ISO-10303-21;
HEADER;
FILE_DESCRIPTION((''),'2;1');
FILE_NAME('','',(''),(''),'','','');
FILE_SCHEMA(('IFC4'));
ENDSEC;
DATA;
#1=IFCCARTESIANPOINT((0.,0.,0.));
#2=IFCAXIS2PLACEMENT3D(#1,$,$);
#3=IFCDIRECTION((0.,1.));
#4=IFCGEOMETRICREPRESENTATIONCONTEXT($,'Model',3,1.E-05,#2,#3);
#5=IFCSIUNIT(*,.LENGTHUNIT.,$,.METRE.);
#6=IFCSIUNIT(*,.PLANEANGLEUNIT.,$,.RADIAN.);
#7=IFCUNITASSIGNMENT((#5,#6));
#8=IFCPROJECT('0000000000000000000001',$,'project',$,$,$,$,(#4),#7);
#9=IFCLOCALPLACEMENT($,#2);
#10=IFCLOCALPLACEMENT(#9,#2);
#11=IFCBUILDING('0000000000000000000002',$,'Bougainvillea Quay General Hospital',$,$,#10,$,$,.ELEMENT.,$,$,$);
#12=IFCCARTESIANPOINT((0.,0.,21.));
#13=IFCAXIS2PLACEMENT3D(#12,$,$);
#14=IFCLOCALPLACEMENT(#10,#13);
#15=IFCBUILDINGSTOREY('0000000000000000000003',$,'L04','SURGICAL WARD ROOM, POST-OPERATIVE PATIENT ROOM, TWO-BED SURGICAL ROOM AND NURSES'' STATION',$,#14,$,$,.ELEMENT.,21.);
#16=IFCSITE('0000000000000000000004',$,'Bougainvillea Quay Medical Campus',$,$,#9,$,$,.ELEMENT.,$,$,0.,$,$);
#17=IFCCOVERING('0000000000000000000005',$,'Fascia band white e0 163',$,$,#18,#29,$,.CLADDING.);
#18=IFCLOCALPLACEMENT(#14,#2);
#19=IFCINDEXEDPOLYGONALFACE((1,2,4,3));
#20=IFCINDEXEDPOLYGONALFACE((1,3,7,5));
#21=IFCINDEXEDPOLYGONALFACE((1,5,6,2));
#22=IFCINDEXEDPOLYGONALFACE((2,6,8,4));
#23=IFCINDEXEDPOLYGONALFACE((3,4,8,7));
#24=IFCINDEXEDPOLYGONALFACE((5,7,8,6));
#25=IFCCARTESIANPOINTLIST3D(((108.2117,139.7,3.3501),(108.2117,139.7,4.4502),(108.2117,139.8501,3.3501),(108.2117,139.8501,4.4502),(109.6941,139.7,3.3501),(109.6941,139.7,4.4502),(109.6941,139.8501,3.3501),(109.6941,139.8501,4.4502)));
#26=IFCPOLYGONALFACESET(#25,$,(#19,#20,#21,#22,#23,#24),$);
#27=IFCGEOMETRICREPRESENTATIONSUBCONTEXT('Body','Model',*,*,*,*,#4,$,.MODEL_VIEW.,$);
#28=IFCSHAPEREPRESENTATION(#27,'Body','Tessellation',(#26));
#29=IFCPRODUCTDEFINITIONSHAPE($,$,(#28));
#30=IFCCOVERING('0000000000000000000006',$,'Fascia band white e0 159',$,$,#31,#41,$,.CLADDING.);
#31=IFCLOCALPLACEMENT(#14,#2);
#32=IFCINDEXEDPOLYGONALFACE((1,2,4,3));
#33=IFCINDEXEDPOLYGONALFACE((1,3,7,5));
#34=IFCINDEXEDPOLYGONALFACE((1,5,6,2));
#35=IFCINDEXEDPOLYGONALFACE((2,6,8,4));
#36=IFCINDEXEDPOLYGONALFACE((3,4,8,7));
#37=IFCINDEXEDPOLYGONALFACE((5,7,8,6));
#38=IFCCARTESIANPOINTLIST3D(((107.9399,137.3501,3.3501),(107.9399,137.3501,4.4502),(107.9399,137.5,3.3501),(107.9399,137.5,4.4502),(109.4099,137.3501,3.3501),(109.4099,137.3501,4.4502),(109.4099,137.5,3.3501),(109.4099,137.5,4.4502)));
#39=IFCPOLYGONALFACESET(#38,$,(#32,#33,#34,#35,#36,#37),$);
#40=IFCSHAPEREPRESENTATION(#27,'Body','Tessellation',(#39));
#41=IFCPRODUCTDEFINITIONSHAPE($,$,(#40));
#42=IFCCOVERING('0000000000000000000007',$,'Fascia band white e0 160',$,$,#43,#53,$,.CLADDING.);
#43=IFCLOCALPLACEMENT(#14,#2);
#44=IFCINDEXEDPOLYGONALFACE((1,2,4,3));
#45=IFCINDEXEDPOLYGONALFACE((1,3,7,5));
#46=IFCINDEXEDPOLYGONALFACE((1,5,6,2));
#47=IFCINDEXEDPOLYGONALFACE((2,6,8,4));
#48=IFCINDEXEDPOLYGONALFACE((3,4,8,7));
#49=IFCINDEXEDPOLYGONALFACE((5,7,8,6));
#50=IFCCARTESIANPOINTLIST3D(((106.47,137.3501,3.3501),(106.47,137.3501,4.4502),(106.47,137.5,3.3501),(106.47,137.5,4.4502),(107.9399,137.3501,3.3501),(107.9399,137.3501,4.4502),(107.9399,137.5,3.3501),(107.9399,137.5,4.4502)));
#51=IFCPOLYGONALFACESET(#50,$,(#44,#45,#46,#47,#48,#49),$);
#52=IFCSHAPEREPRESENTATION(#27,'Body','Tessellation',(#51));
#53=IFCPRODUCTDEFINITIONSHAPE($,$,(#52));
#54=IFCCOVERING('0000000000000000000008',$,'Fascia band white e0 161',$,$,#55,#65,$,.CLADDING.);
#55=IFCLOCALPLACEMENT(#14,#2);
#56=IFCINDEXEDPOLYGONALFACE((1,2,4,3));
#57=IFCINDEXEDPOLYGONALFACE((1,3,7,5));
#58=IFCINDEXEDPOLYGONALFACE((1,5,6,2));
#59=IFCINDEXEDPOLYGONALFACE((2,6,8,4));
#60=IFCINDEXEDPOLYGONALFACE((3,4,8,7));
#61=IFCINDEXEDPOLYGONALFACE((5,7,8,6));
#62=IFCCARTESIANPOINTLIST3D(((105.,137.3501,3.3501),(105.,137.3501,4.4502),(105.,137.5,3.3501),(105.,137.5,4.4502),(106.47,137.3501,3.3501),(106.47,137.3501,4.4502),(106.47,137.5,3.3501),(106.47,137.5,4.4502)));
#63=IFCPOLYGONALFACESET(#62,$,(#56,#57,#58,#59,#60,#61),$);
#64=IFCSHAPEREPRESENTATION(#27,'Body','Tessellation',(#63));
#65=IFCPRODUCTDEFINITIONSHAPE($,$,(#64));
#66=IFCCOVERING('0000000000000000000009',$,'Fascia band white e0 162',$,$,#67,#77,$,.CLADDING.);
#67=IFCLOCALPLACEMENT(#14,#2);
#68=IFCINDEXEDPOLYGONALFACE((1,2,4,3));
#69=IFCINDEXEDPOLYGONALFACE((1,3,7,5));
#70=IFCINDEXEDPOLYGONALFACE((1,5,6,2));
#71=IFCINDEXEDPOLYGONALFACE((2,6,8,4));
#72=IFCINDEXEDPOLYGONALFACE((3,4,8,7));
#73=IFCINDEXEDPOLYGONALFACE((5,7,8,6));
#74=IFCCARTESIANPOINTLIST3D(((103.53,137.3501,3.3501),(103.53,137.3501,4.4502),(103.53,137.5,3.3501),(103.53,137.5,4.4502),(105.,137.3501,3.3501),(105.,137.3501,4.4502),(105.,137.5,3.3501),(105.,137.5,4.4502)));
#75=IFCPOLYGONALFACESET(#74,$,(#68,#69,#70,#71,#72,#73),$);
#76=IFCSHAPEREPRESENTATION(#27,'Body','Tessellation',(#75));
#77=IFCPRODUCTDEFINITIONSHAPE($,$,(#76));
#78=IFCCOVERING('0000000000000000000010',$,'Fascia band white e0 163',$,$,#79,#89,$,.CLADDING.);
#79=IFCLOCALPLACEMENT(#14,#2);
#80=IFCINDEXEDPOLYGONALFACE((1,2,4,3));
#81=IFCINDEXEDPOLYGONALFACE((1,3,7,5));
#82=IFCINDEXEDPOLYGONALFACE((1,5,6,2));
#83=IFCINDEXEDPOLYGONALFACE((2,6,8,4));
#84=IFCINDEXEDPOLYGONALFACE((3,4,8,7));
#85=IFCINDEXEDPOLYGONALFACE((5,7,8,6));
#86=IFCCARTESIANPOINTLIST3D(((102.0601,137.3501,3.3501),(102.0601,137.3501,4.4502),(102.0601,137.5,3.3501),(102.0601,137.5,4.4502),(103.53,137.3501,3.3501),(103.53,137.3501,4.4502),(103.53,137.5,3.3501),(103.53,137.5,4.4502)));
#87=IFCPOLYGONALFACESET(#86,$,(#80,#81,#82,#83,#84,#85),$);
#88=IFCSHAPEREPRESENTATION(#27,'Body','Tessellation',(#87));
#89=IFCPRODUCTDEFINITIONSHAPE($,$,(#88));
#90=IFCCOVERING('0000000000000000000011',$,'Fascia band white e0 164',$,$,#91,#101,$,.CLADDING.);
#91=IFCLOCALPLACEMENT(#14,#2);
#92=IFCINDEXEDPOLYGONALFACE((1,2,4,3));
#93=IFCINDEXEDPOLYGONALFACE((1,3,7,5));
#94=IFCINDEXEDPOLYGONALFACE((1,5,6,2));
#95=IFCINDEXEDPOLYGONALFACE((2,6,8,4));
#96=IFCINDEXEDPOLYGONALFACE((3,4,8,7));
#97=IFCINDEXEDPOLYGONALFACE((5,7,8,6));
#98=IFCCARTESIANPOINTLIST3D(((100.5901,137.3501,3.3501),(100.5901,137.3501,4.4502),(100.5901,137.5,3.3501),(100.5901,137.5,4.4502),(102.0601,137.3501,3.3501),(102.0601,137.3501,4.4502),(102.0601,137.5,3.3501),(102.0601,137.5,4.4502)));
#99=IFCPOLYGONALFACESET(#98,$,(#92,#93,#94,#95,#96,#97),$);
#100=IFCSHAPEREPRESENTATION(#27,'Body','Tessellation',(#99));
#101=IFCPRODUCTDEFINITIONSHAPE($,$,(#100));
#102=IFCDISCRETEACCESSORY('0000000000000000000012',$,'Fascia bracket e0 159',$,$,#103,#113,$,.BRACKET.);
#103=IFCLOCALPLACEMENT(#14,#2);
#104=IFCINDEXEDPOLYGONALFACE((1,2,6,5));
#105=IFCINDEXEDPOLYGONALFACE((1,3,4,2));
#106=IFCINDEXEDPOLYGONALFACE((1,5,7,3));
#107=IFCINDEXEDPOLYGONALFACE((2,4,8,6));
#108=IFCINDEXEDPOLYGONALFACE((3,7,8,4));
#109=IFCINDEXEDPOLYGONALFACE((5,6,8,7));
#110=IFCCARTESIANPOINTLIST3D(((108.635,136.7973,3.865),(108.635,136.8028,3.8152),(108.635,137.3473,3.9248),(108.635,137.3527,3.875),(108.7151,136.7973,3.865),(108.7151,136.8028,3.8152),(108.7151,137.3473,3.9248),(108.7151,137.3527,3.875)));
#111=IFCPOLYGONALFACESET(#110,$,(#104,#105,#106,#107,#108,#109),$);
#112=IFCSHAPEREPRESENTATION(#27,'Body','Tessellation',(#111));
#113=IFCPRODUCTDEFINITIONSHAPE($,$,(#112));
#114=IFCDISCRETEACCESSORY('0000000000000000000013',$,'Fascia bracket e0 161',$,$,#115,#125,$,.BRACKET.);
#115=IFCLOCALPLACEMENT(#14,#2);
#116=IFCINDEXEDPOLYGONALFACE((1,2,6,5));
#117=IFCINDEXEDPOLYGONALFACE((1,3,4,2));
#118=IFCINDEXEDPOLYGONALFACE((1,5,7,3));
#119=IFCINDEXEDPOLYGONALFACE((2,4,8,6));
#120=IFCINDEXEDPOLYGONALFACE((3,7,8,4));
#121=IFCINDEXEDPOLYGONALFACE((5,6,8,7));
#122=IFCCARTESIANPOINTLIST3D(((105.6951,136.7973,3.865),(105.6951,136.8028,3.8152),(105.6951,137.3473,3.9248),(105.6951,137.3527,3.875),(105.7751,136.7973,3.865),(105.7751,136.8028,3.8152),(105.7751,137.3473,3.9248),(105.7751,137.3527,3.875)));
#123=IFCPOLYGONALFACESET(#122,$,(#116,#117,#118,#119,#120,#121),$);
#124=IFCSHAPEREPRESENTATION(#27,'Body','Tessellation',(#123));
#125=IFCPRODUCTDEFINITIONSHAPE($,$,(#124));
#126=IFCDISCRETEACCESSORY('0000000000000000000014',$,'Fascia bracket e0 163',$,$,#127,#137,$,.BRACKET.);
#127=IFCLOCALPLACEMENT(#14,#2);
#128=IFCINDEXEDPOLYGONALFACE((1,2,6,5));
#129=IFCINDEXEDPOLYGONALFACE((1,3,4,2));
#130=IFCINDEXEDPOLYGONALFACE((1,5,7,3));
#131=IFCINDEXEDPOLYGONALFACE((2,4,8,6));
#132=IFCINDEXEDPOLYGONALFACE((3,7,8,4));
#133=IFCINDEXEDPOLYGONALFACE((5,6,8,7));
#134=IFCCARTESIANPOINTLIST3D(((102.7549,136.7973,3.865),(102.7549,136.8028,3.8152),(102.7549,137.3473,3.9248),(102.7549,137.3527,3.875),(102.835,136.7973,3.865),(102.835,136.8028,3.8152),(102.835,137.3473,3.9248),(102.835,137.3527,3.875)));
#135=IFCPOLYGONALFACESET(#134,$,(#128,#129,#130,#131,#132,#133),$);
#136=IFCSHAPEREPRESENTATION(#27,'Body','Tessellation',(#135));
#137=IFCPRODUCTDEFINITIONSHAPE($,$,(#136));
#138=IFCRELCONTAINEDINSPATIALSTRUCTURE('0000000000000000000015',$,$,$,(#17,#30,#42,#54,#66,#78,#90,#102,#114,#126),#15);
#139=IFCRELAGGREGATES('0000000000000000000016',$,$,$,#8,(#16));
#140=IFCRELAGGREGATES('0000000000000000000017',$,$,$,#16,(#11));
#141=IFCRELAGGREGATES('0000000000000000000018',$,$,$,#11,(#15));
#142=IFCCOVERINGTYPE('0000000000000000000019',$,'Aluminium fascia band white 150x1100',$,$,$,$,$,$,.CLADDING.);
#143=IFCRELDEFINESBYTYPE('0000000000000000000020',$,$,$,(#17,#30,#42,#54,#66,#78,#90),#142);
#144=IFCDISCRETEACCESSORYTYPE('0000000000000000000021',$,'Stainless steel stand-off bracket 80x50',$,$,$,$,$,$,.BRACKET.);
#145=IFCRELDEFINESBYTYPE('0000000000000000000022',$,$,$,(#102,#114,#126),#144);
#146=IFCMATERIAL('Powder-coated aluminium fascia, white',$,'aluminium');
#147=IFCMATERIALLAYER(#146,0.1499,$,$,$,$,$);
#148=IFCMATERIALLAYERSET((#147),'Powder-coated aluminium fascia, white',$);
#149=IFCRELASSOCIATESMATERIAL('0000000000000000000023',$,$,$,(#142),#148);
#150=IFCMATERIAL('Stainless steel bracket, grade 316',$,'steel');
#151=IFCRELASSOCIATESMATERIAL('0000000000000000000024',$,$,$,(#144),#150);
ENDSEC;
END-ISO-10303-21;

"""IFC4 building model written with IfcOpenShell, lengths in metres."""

from ifc_helpers import new_model, si_unit, direction, frame, origin, origin_2d, place, context, subcontext, project, spatial, polyline, rectangle, outline, extrude, material, layer, layer_set, material_profile, profile_set, type_object, element, save


model = new_model("IFC4")

# Units and contexts
model_context = context("Model", 3, precision=1e-05, world=origin(), true_north=direction((0.0, 1.0)))
body_context = subcontext(model_context, "Body", "Model", "MODEL_VIEW")
ifc_project = project(units=[si_unit("LENGTHUNIT", "METRE"), si_unit("PLANEANGLEUNIT", "RADIAN")], contexts=[model_context])

# Site, building, storey
site_placement = place(None, origin())
site = spatial("IfcSite", under=ifc_project, at=site_placement, Name="Bougainvillea Quay Medical Campus", CompositionType="ELEMENT", RefElevation=0.0)
building_placement = place(site_placement, origin())
building = spatial("IfcBuilding", under=site, at=building_placement, Name="Bougainvillea Quay General Hospital", CompositionType="ELEMENT")
storey_placement = place(building_placement, frame((0.0, 0.0, 21.0)))
storey = spatial("IfcBuildingStorey", under=building, at=storey_placement, Name="L04", Description="SURGICAL WARD ROOM, POST-OPERATIVE PATIENT ROOM, TWO-BED SURGICAL ROOM AND NURSES' STATION", CompositionType="ELEMENT", Elevation=21.0)

# Coverings
ifc_material_1 = material(Name="Powder-coated aluminium fascia, white", Category="aluminium")
ifc_layer_1 = layer(ifc_material_1, 0.1499)
ifc_layer_set_1 = layer_set([ifc_layer_1], Name="Powder-coated aluminium fascia, white")
covering_type = type_object("IfcCoveringType", Name="Aluminium fascia band white 150x1100", PredefinedType="CLADDING", material=ifc_layer_set_1)
covering_1_placement = place(storey_placement, frame((108.2117, 139.8501, 3.3501), z_axis=(0.0, 0.0, 1.0), x_axis=(1.0, 0.0, 0.0)))
element("IfcCovering", 1, at=covering_1_placement, inside=storey, type_object=covering_type, Name="Fascia band white e0 163", PredefinedType="CLADDING", context=body_context, shape_type="SweptSolid", body=[
    extrude(outline(polyline([(0.0, 0.0), (1.4824, 0.0), (1.4824, -0.1501), (0.0, -0.1501), (0.0, 0.0)])), origin(), (0.0, 0.0, 1.0), 1.1001),
])
for number, where, z_axis, x_axis, name in (
    (2, (109.4099, 137.3501, 3.3501), (0.0, 0.0, 1.0), (-1.0, 0.0, 0.0), "Fascia band white e0 159"),
    (3, (107.9399, 137.3501, 3.3501), (0.0, 0.0, 1.0), (-1.0, 0.0, 0.0), "Fascia band white e0 160"),
    (4, (106.47, 137.3501, 3.3501), (0.0, 0.0, 1.0), (-1.0, 0.0, 0.0), "Fascia band white e0 161"),
    (5, (105.0, 137.3501, 3.3501), (0.0, 0.0, 1.0), (-1.0, 0.0, 0.0), "Fascia band white e0 162"),
    (6, (103.53, 137.3501, 3.3501), (0.0, 0.0, 1.0), (-1.0, 0.0, 0.0), "Fascia band white e0 163"),
    (7, (102.0601, 137.3501, 3.3501), (0.0, 0.0, 1.0), (-1.0, 0.0, 0.0), "Fascia band white e0 164"),
):
    element("IfcCovering", number, at=place(storey_placement, frame(where, z_axis=z_axis, x_axis=x_axis)), inside=storey, type_object=covering_type, Name=name, PredefinedType="CLADDING", context=body_context, shape_type="SweptSolid", body=[
        extrude(outline(polyline([(0.0, 0.0), (1.47, 0.0), (1.47, -0.1499), (0.0, -0.1499), (0.0, 0.0)])), origin(), (0.0, 0.0, 1.0), 1.1001),
    ])

# Discrete accessories
ifc_material_2 = material(Name="Stainless steel bracket, grade 316", Category="steel")
ifc_material_profile_1 = material_profile(ifc_material_2, rectangle(XDim=0.0801, YDim=0.05, at=origin_2d()))
ifc_profile_set_1 = profile_set([ifc_material_profile_1], Name="Stainless steel bracket, grade 316")
discrete_accessory_type = type_object("IfcDiscreteAccessoryType", Name="Stainless steel stand-off bracket 80x50", PredefinedType="BRACKET", material=ifc_profile_set_1)
for number, where, z_axis, x_axis, name in (
    (8, (108.675, 136.8, 3.8401), (0.0, 0.994139, 0.108107), (-1.0, 0.0, 0.0), "Fascia bracket e0 159"),
    (9, (105.7351, 136.8, 3.8401), (0.0, 0.994139, 0.108107), (-1.0, 0.0, 0.0), "Fascia bracket e0 161"),
    (10, (102.7949, 136.8, 3.8401), (0.0, 0.994139, 0.108107), (-1.0, 0.0, 0.0), "Fascia bracket e0 163"),
):
    element("IfcDiscreteAccessory", number, at=place(storey_placement, frame(where, z_axis=z_axis, x_axis=x_axis)), inside=storey, type_object=discrete_accessory_type, Name=name, PredefinedType="BRACKET", context=body_context, shape_type="SweptSolid", body=[
        extrude(rectangle(XDim=0.0801, YDim=0.05, at=origin_2d()), origin(), (0.0, 0.0, 1.0), 0.5532),
    ])

save(model, "model.ifc")
